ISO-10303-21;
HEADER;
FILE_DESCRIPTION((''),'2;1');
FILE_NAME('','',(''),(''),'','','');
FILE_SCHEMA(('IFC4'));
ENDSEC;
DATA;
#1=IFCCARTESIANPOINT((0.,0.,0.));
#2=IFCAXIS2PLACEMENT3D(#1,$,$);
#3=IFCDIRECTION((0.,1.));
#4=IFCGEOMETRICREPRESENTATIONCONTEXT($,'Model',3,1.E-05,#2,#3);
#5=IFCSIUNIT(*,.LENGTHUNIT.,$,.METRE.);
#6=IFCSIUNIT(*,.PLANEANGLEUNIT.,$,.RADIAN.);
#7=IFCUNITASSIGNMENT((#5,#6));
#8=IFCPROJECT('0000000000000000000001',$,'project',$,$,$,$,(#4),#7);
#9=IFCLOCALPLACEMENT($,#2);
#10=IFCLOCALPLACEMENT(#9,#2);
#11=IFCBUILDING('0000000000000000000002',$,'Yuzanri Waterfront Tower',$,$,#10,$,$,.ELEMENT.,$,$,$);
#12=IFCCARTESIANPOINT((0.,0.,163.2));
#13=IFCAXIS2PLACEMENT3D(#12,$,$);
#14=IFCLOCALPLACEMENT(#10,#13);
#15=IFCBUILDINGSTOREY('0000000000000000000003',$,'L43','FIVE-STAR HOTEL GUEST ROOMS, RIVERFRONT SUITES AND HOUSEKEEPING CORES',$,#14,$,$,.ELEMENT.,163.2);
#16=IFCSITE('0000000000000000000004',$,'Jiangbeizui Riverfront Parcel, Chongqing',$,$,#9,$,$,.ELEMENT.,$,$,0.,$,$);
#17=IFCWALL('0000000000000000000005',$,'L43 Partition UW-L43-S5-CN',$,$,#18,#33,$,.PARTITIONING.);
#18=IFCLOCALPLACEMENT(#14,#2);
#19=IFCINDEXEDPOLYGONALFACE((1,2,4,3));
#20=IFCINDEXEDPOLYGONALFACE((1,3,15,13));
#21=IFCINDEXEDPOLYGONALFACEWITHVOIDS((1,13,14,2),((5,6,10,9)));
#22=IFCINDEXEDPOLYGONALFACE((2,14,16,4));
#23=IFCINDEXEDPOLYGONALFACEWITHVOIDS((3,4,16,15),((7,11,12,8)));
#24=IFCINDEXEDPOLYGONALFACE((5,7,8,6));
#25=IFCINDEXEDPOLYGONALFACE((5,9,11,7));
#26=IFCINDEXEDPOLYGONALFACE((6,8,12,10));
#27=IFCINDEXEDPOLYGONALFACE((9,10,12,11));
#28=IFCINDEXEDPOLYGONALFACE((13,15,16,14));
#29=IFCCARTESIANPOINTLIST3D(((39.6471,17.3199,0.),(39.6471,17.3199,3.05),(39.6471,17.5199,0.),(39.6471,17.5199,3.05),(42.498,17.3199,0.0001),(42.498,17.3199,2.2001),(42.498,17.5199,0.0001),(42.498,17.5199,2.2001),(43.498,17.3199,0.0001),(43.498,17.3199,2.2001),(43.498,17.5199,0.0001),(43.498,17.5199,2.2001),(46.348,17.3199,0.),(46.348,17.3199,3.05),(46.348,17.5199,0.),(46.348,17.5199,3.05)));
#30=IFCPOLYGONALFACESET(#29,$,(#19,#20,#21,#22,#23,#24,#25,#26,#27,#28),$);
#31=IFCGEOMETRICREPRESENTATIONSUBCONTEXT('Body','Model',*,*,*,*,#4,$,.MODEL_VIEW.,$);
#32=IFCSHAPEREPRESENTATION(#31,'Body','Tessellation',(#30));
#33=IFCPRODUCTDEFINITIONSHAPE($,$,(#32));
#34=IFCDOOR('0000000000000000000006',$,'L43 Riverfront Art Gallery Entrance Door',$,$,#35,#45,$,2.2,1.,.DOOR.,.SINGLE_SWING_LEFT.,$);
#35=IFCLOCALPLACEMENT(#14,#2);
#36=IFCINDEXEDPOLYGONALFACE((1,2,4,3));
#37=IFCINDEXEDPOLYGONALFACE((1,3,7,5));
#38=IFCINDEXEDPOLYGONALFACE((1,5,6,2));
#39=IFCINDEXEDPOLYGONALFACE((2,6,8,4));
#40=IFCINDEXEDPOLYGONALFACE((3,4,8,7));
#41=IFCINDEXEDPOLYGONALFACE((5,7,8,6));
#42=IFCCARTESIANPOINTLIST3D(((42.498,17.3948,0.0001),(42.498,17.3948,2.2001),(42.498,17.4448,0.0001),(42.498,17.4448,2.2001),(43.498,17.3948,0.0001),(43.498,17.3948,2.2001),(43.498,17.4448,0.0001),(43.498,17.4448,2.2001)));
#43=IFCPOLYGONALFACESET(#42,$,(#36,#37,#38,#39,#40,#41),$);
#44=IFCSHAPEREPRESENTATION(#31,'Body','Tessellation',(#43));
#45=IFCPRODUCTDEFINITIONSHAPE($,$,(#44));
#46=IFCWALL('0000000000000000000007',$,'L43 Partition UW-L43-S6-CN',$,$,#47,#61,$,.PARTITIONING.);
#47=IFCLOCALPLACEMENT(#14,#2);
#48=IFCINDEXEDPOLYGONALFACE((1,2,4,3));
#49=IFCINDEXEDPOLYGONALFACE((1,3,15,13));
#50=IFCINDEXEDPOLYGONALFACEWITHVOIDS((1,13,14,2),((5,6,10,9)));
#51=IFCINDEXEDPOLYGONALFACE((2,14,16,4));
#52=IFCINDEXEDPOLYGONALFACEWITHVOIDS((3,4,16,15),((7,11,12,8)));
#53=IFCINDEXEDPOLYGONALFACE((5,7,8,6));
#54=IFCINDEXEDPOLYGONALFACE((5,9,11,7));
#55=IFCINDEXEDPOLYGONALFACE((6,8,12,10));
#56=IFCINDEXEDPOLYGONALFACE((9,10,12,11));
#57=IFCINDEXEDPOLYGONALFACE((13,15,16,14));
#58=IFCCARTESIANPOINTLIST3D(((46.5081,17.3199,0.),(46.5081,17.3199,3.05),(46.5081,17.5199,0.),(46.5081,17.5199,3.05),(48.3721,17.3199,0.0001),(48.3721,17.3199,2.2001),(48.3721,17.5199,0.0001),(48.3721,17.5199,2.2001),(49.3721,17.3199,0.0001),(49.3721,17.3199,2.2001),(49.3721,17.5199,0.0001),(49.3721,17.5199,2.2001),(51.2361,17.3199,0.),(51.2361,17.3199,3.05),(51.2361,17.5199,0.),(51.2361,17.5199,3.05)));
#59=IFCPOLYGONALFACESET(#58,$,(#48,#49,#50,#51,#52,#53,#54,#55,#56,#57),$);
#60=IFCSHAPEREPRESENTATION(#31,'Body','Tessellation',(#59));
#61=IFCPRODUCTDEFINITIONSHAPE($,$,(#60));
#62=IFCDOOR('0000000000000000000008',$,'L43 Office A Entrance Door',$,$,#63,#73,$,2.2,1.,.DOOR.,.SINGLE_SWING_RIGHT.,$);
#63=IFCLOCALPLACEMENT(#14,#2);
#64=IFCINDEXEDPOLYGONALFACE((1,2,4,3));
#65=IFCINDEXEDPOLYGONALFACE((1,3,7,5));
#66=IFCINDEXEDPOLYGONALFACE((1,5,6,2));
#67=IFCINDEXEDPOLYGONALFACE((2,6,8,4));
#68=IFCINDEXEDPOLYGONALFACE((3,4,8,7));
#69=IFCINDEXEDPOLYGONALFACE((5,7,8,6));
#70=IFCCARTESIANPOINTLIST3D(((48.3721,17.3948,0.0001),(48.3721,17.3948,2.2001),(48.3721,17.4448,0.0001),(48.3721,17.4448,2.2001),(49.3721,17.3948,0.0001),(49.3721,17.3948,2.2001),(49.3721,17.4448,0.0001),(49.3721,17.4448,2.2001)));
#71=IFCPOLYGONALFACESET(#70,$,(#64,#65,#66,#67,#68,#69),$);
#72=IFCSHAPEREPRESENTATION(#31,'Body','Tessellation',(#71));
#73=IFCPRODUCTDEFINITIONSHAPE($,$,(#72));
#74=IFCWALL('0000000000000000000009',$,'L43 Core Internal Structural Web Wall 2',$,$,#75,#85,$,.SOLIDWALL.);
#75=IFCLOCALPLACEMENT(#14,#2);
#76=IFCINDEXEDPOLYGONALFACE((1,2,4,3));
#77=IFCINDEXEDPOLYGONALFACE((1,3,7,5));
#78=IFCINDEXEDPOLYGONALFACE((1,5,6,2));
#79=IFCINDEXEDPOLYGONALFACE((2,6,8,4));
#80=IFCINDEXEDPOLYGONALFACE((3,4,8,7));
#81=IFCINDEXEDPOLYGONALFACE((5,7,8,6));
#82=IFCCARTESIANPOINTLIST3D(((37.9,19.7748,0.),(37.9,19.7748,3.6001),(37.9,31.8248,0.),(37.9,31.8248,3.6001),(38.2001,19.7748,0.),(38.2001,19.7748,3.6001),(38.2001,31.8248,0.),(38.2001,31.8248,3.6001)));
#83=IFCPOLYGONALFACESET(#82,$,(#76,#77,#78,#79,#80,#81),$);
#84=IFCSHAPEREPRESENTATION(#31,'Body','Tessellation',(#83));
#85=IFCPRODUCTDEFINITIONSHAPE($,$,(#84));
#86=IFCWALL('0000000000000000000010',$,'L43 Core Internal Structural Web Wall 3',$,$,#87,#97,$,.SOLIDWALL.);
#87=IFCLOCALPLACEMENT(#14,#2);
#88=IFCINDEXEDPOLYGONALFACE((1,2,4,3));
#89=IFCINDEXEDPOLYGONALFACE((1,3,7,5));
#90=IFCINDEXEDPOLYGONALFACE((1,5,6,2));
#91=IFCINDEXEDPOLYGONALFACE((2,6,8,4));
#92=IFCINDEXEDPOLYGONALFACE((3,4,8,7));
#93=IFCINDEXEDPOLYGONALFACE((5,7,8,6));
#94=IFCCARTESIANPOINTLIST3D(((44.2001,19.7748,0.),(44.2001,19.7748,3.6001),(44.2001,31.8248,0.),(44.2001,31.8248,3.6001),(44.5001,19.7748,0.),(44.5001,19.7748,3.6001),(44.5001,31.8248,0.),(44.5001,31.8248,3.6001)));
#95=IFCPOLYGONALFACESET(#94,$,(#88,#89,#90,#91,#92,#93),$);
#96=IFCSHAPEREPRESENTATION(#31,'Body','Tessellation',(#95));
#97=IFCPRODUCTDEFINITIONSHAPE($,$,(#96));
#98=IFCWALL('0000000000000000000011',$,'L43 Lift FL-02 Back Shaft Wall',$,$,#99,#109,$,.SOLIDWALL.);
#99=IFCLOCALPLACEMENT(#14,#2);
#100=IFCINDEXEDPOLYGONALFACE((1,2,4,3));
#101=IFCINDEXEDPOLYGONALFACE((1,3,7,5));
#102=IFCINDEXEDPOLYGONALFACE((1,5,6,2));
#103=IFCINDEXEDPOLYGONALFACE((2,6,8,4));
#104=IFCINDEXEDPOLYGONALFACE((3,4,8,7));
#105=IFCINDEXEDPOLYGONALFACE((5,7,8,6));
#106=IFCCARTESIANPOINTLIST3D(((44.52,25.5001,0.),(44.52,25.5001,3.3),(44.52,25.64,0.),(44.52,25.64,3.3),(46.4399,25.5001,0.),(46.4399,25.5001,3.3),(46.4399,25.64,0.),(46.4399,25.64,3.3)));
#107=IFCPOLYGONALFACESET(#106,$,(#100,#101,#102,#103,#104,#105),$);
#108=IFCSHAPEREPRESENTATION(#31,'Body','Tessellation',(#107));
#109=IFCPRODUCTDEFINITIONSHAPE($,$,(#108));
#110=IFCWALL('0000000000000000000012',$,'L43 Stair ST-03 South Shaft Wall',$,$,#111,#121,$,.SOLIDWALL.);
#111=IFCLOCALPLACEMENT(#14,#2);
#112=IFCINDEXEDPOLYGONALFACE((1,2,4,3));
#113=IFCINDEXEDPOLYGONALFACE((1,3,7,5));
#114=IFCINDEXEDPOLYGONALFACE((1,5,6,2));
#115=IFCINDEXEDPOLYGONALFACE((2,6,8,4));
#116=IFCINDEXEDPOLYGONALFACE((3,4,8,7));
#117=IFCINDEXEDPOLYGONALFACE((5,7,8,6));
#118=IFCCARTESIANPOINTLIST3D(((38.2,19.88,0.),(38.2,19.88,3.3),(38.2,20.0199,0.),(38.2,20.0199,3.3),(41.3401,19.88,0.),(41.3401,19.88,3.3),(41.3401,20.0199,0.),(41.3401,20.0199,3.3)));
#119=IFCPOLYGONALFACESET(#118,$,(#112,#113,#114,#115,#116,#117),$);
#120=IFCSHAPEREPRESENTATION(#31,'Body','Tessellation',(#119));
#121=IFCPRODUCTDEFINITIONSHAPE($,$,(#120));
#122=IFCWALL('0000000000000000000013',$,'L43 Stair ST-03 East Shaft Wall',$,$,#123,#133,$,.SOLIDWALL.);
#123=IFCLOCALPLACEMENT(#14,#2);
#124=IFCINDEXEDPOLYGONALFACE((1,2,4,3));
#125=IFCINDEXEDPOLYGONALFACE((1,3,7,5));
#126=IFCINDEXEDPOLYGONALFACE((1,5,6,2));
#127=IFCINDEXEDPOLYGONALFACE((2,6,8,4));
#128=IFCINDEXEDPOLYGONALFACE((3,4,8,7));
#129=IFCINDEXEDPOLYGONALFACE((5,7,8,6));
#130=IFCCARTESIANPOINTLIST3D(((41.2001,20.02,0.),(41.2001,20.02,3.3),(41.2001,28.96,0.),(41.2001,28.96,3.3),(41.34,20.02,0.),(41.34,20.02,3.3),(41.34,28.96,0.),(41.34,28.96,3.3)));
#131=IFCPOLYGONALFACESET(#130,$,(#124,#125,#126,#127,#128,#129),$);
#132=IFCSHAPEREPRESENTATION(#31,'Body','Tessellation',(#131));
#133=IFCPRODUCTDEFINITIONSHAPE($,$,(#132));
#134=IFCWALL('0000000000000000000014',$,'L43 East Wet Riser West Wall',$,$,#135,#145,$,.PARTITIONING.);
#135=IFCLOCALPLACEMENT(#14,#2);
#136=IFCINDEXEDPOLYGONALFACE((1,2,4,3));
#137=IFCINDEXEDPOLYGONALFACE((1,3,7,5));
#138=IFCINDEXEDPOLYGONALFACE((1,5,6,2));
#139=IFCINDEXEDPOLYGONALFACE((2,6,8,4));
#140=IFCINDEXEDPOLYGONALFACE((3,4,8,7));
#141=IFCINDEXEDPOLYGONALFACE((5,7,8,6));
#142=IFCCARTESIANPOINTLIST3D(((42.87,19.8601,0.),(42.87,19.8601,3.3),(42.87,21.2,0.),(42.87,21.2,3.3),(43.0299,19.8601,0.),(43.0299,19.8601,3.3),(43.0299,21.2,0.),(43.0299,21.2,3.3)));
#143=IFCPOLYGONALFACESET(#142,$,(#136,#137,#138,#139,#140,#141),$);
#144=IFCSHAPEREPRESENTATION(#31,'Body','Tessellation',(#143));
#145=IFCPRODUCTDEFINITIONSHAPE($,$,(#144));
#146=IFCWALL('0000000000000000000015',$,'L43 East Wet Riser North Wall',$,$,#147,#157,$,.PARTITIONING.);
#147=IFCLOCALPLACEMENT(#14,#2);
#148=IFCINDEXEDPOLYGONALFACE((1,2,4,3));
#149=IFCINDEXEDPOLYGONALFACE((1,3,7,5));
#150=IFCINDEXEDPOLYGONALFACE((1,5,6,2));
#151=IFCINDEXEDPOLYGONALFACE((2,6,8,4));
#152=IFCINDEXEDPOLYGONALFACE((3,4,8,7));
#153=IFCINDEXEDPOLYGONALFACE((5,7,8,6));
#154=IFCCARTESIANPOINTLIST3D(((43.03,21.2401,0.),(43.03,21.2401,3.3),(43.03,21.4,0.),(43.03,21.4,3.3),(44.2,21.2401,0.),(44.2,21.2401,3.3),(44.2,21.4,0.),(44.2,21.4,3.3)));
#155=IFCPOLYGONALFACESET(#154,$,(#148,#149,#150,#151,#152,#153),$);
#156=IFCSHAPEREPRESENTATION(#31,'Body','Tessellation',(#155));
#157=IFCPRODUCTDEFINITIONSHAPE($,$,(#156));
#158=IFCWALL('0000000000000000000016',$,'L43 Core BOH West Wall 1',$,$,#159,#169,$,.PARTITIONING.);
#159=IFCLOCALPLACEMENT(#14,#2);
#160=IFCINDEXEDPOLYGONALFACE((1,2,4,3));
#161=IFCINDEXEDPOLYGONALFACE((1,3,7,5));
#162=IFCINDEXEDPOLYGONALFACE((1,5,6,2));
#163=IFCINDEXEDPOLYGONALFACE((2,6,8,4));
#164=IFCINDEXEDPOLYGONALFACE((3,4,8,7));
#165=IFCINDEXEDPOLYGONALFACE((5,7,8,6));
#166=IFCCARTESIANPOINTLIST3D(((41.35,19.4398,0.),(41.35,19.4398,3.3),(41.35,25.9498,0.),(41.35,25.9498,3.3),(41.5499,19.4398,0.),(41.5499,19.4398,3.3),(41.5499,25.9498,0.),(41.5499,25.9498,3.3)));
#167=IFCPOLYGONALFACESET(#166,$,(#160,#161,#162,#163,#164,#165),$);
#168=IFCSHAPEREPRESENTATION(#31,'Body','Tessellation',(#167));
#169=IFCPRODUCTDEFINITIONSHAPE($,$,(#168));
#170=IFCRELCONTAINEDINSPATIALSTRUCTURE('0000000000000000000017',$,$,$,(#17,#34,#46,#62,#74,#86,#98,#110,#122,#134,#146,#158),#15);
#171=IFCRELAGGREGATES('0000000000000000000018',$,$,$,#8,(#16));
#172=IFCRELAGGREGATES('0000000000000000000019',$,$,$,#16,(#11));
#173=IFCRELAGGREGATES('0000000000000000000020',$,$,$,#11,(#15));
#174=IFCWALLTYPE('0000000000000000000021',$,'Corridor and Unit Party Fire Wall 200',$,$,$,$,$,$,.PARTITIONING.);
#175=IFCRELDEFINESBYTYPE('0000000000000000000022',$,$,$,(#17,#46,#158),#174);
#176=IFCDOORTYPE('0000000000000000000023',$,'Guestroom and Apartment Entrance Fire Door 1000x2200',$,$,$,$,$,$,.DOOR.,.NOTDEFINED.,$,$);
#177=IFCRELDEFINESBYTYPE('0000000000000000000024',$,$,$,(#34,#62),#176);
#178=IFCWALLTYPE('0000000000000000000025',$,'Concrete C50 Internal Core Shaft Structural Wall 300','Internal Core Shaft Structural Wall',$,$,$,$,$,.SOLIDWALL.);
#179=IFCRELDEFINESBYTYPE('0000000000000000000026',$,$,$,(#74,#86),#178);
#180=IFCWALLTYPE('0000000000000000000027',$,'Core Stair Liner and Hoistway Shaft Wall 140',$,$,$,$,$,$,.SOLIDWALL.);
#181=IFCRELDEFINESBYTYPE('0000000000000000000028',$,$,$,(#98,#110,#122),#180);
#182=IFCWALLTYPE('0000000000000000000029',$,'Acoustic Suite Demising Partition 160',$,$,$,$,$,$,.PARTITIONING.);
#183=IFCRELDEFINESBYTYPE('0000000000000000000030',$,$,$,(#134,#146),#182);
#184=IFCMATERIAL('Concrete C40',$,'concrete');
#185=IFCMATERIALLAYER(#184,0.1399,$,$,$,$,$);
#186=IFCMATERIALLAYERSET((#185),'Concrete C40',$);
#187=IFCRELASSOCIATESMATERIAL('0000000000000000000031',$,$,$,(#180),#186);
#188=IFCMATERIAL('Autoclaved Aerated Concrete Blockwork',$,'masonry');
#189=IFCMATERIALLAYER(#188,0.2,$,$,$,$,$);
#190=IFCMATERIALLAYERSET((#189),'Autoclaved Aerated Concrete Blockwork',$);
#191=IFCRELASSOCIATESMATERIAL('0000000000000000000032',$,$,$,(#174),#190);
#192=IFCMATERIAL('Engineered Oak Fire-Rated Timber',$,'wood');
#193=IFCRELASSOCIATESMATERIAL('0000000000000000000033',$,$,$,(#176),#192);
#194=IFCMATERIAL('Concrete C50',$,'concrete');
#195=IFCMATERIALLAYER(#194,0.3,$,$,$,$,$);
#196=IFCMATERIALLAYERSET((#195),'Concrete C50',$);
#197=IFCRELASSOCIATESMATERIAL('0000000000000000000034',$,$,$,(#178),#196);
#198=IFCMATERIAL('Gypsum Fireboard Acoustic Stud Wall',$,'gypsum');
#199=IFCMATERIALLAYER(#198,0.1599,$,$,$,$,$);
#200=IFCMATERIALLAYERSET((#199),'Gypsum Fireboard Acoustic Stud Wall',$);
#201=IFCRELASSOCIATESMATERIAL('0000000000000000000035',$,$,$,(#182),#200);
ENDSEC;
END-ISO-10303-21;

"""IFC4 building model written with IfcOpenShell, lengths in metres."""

from ifc_helpers import new_model, si_unit, direction, frame, frame_2d, origin, place, context, subcontext, project, spatial, rectangle, extrude, source, transform, mapped, material, layer, layer_set, type_object, element, fill, save


model = new_model("IFC4")

# Units and contexts
model_context = context("Model", 3, precision=1e-05, world=origin(), true_north=direction((0.0, 1.0)))
body_context = subcontext(model_context, "Body", "Model", "MODEL_VIEW")
ifc_project = project(units=[si_unit("LENGTHUNIT", "METRE"), si_unit("PLANEANGLEUNIT", "RADIAN")], contexts=[model_context])

# Site, building, storey
site_placement = place(None, origin())
site = spatial("IfcSite", under=ifc_project, at=site_placement, Name="Jiangbeizui Riverfront Parcel, Chongqing", CompositionType="ELEMENT", RefElevation=0.0)
building_placement = place(site_placement, origin())
building = spatial("IfcBuilding", under=site, at=building_placement, Name="Yuzanri Waterfront Tower", CompositionType="ELEMENT")
storey_placement = place(building_placement, frame((0.0, 0.0, 163.2)))
storey = spatial("IfcBuildingStorey", under=building, at=storey_placement, Name="L43", Description="FIVE-STAR HOTEL GUEST ROOMS, RIVERFRONT SUITES AND HOUSEKEEPING CORES", CompositionType="ELEMENT", Elevation=163.2)

# Walls, openings, doors
ifc_material_1 = material(Name="Concrete C40", Category="concrete")
ifc_layer_1 = layer(ifc_material_1, 0.1399)
ifc_layer_set_1 = layer_set([ifc_layer_1], Name="Concrete C40")
wall_type_1 = type_object("IfcWallType", Name="Core Stair Liner and Hoistway Shaft Wall 140", PredefinedType="SOLIDWALL", material=ifc_layer_set_1)
ifc_material_2 = material(Name="Autoclaved Aerated Concrete Blockwork", Category="masonry")
ifc_layer_2 = layer(ifc_material_2, 0.2)
ifc_layer_set_2 = layer_set([ifc_layer_2], Name="Autoclaved Aerated Concrete Blockwork")
wall_type_2 = type_object("IfcWallType", Name="Corridor and Unit Party Fire Wall 200", PredefinedType="PARTITIONING", material=ifc_layer_set_2)
wall_1_placement = place(storey_placement, frame((39.647, 17.4199, 0.0), z_axis=(0.0, 0.0, 1.0), x_axis=(1.0, 0.0, 0.0)))
wall_1 = element("IfcWall", 1, at=wall_1_placement, inside=storey, type_object=wall_type_2, Name="L43 Partition UW-L43-S5-CN", PredefinedType="PARTITIONING", context=body_context, shape_type="SweptSolid", body=[
    extrude(rectangle(XDim=6.7009, YDim=0.2, at=frame_2d((3.3506, 0.0))), origin(), (0.0, 0.0, 1.0), 3.05),
])
opening_1_placement = place(wall_1_placement, frame((2.8511, 0.0, 0.0)))
opening_1 = element("IfcOpeningElement", 2, at=opening_1_placement, cuts=wall_1, PredefinedType="OPENING", context=body_context, shape_type="SweptSolid", body=[
    extrude(rectangle(XDim=1.0, YDim=2.2, at=frame_2d((0.5, 1.1001))), frame((0.0, 0.1147, 0.0), z_axis=(0.0, -1.0, 0.0), x_axis=(1.0, 0.0, 0.0)), (0.0, 0.0, 1.0), 0.2297),
])
ifc_material_3 = material(Name="Engineered Oak Fire-Rated Timber", Category="wood")
door_type_1 = type_object("IfcDoorType", Name="Guestroom and Apartment Entrance Fire Door 1000x2200", OperationType="NOTDEFINED", PredefinedType="DOOR", material=ifc_material_3)
shared_shape_1 = source(origin(), body_context, "Body", "SweptSolid", [
    extrude(rectangle(XDim=1.0, YDim=2.2, at=frame_2d((0.5, 1.1001))), frame((0.0, 0.0249, 0.0), z_axis=(0.0, -1.0, 0.0), x_axis=(1.0, 0.0, 0.0)), (0.0, 0.0, 1.0), 0.05),
])
door_1_placement = place(opening_1_placement, origin())
door_1 = element("IfcDoor", 3, at=door_1_placement, inside=storey, type_object=door_type_1, Name="L43 Riverfront Art Gallery Entrance Door", OperationType="SINGLE_SWING_LEFT", OverallHeight=2.2, OverallWidth=1.0, PredefinedType="DOOR", context=body_context, shape_type="MappedRepresentation", body=[
    mapped(shared_shape_1, transform((0.0, 0.0, 0.0), scale=1.0)),
])
fill(opening_1, door_1)
wall_2_placement = place(storey_placement, frame((46.5081, 17.4199, 0.0), z_axis=(0.0, 0.0, 1.0), x_axis=(1.0, 0.0, 0.0)))
wall_2 = element("IfcWall", 4, at=wall_2_placement, inside=storey, type_object=wall_type_2, Name="L43 Partition UW-L43-S6-CN", PredefinedType="PARTITIONING", context=body_context, shape_type="SweptSolid", body=[
    extrude(rectangle(XDim=4.728, YDim=0.2, at=frame_2d((2.364, 0.0))), origin(), (0.0, 0.0, 1.0), 3.05),
])
opening_2_placement = place(wall_2_placement, frame((1.864, 0.0, 0.0)))
opening_2 = element("IfcOpeningElement", 5, at=opening_2_placement, cuts=wall_2, PredefinedType="OPENING", context=body_context, shape_type="SweptSolid", body=[
    extrude(rectangle(XDim=1.0, YDim=2.2, at=frame_2d((0.5, 1.1001))), frame((0.0, 0.1147, 0.0), z_axis=(0.0, -1.0, 0.0), x_axis=(1.0, 0.0, 0.0)), (0.0, 0.0, 1.0), 0.2297),
])
door_2_placement = place(opening_2_placement, origin())
door_2 = element("IfcDoor", 6, at=door_2_placement, inside=storey, type_object=door_type_1, Name="L43 Office A Entrance Door", OperationType="SINGLE_SWING_RIGHT", OverallHeight=2.2, OverallWidth=1.0, PredefinedType="DOOR", context=body_context, shape_type="MappedRepresentation", body=[
    mapped(shared_shape_1, transform((0.0, 0.0, 0.0), scale=1.0)),
])
fill(opening_2, door_2)

# Walls
ifc_material_4 = material(Name="Concrete C50", Category="concrete")
ifc_layer_3 = layer(ifc_material_4, 0.3)
ifc_layer_set_3 = layer_set([ifc_layer_3], Name="Concrete C50")
wall_type_3 = type_object("IfcWallType", Name="Concrete C50 Internal Core Shaft Structural Wall 300", Description="Internal Core Shaft Structural Wall", PredefinedType="SOLIDWALL", material=ifc_layer_set_3)
shared_shape_2 = source(origin(), body_context, "Body", "SweptSolid", [
    extrude(rectangle(XDim=12.05, YDim=0.3, at=frame_2d((6.0249, 0.0))), origin(), (0.0, 0.0, 1.0), 3.6001),
])
for number, where, z_axis, x_axis, name in (
    (7, (38.05, 19.7749, 0.0), (0.0, 0.0, 1.0), (0.0, 1.0, 0.0), "L43 Core Internal Structural Web Wall 2"),
    (8, (44.3501, 19.7749, 0.0), (0.0, 0.0, 1.0), (0.0, 1.0, 0.0), "L43 Core Internal Structural Web Wall 3"),
):
    element("IfcWall", number, at=place(storey_placement, frame(where, z_axis=z_axis, x_axis=x_axis)), inside=storey, type_object=wall_type_3, Name=name, PredefinedType="SOLIDWALL", context=body_context, shape_type="MappedRepresentation", body=[
        mapped(shared_shape_2, transform((0.0, 0.0, 0.0), scale=1.0)),
    ])
shared_shape_3 = source(origin(), body_context, "Body", "SweptSolid", [
    extrude(rectangle(XDim=1.9199, YDim=0.1399, at=frame_2d((0.96, 0.0))), origin(), (0.0, 0.0, 1.0), 3.3),
])
wall_3_placement = place(storey_placement, frame((44.52, 25.5701, 0.0), z_axis=(0.0, 0.0, 1.0), x_axis=(1.0, 0.0, 0.0)))
element("IfcWall", 9, at=wall_3_placement, inside=storey, type_object=wall_type_1, Name="L43 Lift FL-02 Back Shaft Wall", PredefinedType="SOLIDWALL", context=body_context, shape_type="MappedRepresentation", body=[
    mapped(shared_shape_3, transform((0.0, 0.0, 0.0), scale=1.0)),
])
shared_shape_4 = source(origin(), body_context, "Body", "SweptSolid", [
    extrude(rectangle(XDim=3.1401, YDim=0.1399, at=frame_2d((1.5701, 0.0))), origin(), (0.0, 0.0, 1.0), 3.3),
])
wall_4_placement = place(storey_placement, frame((38.2, 19.95, 0.0), z_axis=(0.0, 0.0, 1.0), x_axis=(1.0, 0.0, 0.0)))
element("IfcWall", 10, at=wall_4_placement, inside=storey, type_object=wall_type_1, Name="L43 Stair ST-03 South Shaft Wall", PredefinedType="SOLIDWALL", context=body_context, shape_type="MappedRepresentation", body=[
    mapped(shared_shape_4, transform((0.0, 0.0, 0.0), scale=1.0)),
])
shared_shape_5 = source(origin(), body_context, "Body", "SweptSolid", [
    extrude(rectangle(XDim=8.9399, YDim=0.1399, at=frame_2d((4.47, 0.0))), origin(), (0.0, 0.0, 1.0), 3.3),
])
wall_5_placement = place(storey_placement, frame((41.27, 20.02, 0.0), z_axis=(0.0, 0.0, 1.0), x_axis=(0.0, 1.0, 0.0)))
element("IfcWall", 11, at=wall_5_placement, inside=storey, type_object=wall_type_1, Name="L43 Stair ST-03 East Shaft Wall", PredefinedType="SOLIDWALL", context=body_context, shape_type="MappedRepresentation", body=[
    mapped(shared_shape_5, transform((0.0, 0.0, 0.0), scale=1.0)),
])
ifc_material_5 = material(Name="Gypsum Fireboard Acoustic Stud Wall", Category="gypsum")
ifc_layer_4 = layer(ifc_material_5, 0.1599)
ifc_layer_set_4 = layer_set([ifc_layer_4], Name="Gypsum Fireboard Acoustic Stud Wall")
wall_type_4 = type_object("IfcWallType", Name="Acoustic Suite Demising Partition 160", PredefinedType="PARTITIONING", material=ifc_layer_set_4)
shared_shape_6 = source(origin(), body_context, "Body", "SweptSolid", [
    extrude(rectangle(XDim=1.3398, YDim=0.1599, at=frame_2d((0.6699, 0.0))), origin(), (0.0, 0.0, 1.0), 3.3),
])
wall_6_placement = place(storey_placement, frame((42.95, 19.8601, 0.0), z_axis=(0.0, 0.0, 1.0), x_axis=(0.0, 1.0, 0.0)))
element("IfcWall", 12, at=wall_6_placement, inside=storey, type_object=wall_type_4, Name="L43 East Wet Riser West Wall", PredefinedType="PARTITIONING", context=body_context, shape_type="MappedRepresentation", body=[
    mapped(shared_shape_6, transform((0.0, 0.0, 0.0), scale=1.0)),
])
shared_shape_7 = source(origin(), body_context, "Body", "SweptSolid", [
    extrude(rectangle(XDim=1.1699, YDim=0.1599, at=frame_2d((0.585, 0.0))), origin(), (0.0, 0.0, 1.0), 3.3),
])
wall_7_placement = place(storey_placement, frame((43.03, 21.3201, 0.0), z_axis=(0.0, 0.0, 1.0), x_axis=(1.0, 0.0, 0.0)))
element("IfcWall", 13, at=wall_7_placement, inside=storey, type_object=wall_type_4, Name="L43 East Wet Riser North Wall", PredefinedType="PARTITIONING", context=body_context, shape_type="MappedRepresentation", body=[
    mapped(shared_shape_7, transform((0.0, 0.0, 0.0), scale=1.0)),
])
shared_shape_8 = source(origin(), body_context, "Body", "SweptSolid", [
    extrude(rectangle(XDim=6.51, YDim=0.2, at=frame_2d((3.2549, 0.0))), origin(), (0.0, 0.0, 1.0), 3.3),
])
wall_8_placement = place(storey_placement, frame((41.45, 19.4399, 0.0), z_axis=(0.0, 0.0, 1.0), x_axis=(0.0, 1.0, 0.0)))
element("IfcWall", 14, at=wall_8_placement, inside=storey, type_object=wall_type_2, Name="L43 Core BOH West Wall 1", PredefinedType="PARTITIONING", context=body_context, shape_type="MappedRepresentation", body=[
    mapped(shared_shape_8, transform((0.0, 0.0, 0.0), scale=1.0)),
])

save(model, "model.ifc")
